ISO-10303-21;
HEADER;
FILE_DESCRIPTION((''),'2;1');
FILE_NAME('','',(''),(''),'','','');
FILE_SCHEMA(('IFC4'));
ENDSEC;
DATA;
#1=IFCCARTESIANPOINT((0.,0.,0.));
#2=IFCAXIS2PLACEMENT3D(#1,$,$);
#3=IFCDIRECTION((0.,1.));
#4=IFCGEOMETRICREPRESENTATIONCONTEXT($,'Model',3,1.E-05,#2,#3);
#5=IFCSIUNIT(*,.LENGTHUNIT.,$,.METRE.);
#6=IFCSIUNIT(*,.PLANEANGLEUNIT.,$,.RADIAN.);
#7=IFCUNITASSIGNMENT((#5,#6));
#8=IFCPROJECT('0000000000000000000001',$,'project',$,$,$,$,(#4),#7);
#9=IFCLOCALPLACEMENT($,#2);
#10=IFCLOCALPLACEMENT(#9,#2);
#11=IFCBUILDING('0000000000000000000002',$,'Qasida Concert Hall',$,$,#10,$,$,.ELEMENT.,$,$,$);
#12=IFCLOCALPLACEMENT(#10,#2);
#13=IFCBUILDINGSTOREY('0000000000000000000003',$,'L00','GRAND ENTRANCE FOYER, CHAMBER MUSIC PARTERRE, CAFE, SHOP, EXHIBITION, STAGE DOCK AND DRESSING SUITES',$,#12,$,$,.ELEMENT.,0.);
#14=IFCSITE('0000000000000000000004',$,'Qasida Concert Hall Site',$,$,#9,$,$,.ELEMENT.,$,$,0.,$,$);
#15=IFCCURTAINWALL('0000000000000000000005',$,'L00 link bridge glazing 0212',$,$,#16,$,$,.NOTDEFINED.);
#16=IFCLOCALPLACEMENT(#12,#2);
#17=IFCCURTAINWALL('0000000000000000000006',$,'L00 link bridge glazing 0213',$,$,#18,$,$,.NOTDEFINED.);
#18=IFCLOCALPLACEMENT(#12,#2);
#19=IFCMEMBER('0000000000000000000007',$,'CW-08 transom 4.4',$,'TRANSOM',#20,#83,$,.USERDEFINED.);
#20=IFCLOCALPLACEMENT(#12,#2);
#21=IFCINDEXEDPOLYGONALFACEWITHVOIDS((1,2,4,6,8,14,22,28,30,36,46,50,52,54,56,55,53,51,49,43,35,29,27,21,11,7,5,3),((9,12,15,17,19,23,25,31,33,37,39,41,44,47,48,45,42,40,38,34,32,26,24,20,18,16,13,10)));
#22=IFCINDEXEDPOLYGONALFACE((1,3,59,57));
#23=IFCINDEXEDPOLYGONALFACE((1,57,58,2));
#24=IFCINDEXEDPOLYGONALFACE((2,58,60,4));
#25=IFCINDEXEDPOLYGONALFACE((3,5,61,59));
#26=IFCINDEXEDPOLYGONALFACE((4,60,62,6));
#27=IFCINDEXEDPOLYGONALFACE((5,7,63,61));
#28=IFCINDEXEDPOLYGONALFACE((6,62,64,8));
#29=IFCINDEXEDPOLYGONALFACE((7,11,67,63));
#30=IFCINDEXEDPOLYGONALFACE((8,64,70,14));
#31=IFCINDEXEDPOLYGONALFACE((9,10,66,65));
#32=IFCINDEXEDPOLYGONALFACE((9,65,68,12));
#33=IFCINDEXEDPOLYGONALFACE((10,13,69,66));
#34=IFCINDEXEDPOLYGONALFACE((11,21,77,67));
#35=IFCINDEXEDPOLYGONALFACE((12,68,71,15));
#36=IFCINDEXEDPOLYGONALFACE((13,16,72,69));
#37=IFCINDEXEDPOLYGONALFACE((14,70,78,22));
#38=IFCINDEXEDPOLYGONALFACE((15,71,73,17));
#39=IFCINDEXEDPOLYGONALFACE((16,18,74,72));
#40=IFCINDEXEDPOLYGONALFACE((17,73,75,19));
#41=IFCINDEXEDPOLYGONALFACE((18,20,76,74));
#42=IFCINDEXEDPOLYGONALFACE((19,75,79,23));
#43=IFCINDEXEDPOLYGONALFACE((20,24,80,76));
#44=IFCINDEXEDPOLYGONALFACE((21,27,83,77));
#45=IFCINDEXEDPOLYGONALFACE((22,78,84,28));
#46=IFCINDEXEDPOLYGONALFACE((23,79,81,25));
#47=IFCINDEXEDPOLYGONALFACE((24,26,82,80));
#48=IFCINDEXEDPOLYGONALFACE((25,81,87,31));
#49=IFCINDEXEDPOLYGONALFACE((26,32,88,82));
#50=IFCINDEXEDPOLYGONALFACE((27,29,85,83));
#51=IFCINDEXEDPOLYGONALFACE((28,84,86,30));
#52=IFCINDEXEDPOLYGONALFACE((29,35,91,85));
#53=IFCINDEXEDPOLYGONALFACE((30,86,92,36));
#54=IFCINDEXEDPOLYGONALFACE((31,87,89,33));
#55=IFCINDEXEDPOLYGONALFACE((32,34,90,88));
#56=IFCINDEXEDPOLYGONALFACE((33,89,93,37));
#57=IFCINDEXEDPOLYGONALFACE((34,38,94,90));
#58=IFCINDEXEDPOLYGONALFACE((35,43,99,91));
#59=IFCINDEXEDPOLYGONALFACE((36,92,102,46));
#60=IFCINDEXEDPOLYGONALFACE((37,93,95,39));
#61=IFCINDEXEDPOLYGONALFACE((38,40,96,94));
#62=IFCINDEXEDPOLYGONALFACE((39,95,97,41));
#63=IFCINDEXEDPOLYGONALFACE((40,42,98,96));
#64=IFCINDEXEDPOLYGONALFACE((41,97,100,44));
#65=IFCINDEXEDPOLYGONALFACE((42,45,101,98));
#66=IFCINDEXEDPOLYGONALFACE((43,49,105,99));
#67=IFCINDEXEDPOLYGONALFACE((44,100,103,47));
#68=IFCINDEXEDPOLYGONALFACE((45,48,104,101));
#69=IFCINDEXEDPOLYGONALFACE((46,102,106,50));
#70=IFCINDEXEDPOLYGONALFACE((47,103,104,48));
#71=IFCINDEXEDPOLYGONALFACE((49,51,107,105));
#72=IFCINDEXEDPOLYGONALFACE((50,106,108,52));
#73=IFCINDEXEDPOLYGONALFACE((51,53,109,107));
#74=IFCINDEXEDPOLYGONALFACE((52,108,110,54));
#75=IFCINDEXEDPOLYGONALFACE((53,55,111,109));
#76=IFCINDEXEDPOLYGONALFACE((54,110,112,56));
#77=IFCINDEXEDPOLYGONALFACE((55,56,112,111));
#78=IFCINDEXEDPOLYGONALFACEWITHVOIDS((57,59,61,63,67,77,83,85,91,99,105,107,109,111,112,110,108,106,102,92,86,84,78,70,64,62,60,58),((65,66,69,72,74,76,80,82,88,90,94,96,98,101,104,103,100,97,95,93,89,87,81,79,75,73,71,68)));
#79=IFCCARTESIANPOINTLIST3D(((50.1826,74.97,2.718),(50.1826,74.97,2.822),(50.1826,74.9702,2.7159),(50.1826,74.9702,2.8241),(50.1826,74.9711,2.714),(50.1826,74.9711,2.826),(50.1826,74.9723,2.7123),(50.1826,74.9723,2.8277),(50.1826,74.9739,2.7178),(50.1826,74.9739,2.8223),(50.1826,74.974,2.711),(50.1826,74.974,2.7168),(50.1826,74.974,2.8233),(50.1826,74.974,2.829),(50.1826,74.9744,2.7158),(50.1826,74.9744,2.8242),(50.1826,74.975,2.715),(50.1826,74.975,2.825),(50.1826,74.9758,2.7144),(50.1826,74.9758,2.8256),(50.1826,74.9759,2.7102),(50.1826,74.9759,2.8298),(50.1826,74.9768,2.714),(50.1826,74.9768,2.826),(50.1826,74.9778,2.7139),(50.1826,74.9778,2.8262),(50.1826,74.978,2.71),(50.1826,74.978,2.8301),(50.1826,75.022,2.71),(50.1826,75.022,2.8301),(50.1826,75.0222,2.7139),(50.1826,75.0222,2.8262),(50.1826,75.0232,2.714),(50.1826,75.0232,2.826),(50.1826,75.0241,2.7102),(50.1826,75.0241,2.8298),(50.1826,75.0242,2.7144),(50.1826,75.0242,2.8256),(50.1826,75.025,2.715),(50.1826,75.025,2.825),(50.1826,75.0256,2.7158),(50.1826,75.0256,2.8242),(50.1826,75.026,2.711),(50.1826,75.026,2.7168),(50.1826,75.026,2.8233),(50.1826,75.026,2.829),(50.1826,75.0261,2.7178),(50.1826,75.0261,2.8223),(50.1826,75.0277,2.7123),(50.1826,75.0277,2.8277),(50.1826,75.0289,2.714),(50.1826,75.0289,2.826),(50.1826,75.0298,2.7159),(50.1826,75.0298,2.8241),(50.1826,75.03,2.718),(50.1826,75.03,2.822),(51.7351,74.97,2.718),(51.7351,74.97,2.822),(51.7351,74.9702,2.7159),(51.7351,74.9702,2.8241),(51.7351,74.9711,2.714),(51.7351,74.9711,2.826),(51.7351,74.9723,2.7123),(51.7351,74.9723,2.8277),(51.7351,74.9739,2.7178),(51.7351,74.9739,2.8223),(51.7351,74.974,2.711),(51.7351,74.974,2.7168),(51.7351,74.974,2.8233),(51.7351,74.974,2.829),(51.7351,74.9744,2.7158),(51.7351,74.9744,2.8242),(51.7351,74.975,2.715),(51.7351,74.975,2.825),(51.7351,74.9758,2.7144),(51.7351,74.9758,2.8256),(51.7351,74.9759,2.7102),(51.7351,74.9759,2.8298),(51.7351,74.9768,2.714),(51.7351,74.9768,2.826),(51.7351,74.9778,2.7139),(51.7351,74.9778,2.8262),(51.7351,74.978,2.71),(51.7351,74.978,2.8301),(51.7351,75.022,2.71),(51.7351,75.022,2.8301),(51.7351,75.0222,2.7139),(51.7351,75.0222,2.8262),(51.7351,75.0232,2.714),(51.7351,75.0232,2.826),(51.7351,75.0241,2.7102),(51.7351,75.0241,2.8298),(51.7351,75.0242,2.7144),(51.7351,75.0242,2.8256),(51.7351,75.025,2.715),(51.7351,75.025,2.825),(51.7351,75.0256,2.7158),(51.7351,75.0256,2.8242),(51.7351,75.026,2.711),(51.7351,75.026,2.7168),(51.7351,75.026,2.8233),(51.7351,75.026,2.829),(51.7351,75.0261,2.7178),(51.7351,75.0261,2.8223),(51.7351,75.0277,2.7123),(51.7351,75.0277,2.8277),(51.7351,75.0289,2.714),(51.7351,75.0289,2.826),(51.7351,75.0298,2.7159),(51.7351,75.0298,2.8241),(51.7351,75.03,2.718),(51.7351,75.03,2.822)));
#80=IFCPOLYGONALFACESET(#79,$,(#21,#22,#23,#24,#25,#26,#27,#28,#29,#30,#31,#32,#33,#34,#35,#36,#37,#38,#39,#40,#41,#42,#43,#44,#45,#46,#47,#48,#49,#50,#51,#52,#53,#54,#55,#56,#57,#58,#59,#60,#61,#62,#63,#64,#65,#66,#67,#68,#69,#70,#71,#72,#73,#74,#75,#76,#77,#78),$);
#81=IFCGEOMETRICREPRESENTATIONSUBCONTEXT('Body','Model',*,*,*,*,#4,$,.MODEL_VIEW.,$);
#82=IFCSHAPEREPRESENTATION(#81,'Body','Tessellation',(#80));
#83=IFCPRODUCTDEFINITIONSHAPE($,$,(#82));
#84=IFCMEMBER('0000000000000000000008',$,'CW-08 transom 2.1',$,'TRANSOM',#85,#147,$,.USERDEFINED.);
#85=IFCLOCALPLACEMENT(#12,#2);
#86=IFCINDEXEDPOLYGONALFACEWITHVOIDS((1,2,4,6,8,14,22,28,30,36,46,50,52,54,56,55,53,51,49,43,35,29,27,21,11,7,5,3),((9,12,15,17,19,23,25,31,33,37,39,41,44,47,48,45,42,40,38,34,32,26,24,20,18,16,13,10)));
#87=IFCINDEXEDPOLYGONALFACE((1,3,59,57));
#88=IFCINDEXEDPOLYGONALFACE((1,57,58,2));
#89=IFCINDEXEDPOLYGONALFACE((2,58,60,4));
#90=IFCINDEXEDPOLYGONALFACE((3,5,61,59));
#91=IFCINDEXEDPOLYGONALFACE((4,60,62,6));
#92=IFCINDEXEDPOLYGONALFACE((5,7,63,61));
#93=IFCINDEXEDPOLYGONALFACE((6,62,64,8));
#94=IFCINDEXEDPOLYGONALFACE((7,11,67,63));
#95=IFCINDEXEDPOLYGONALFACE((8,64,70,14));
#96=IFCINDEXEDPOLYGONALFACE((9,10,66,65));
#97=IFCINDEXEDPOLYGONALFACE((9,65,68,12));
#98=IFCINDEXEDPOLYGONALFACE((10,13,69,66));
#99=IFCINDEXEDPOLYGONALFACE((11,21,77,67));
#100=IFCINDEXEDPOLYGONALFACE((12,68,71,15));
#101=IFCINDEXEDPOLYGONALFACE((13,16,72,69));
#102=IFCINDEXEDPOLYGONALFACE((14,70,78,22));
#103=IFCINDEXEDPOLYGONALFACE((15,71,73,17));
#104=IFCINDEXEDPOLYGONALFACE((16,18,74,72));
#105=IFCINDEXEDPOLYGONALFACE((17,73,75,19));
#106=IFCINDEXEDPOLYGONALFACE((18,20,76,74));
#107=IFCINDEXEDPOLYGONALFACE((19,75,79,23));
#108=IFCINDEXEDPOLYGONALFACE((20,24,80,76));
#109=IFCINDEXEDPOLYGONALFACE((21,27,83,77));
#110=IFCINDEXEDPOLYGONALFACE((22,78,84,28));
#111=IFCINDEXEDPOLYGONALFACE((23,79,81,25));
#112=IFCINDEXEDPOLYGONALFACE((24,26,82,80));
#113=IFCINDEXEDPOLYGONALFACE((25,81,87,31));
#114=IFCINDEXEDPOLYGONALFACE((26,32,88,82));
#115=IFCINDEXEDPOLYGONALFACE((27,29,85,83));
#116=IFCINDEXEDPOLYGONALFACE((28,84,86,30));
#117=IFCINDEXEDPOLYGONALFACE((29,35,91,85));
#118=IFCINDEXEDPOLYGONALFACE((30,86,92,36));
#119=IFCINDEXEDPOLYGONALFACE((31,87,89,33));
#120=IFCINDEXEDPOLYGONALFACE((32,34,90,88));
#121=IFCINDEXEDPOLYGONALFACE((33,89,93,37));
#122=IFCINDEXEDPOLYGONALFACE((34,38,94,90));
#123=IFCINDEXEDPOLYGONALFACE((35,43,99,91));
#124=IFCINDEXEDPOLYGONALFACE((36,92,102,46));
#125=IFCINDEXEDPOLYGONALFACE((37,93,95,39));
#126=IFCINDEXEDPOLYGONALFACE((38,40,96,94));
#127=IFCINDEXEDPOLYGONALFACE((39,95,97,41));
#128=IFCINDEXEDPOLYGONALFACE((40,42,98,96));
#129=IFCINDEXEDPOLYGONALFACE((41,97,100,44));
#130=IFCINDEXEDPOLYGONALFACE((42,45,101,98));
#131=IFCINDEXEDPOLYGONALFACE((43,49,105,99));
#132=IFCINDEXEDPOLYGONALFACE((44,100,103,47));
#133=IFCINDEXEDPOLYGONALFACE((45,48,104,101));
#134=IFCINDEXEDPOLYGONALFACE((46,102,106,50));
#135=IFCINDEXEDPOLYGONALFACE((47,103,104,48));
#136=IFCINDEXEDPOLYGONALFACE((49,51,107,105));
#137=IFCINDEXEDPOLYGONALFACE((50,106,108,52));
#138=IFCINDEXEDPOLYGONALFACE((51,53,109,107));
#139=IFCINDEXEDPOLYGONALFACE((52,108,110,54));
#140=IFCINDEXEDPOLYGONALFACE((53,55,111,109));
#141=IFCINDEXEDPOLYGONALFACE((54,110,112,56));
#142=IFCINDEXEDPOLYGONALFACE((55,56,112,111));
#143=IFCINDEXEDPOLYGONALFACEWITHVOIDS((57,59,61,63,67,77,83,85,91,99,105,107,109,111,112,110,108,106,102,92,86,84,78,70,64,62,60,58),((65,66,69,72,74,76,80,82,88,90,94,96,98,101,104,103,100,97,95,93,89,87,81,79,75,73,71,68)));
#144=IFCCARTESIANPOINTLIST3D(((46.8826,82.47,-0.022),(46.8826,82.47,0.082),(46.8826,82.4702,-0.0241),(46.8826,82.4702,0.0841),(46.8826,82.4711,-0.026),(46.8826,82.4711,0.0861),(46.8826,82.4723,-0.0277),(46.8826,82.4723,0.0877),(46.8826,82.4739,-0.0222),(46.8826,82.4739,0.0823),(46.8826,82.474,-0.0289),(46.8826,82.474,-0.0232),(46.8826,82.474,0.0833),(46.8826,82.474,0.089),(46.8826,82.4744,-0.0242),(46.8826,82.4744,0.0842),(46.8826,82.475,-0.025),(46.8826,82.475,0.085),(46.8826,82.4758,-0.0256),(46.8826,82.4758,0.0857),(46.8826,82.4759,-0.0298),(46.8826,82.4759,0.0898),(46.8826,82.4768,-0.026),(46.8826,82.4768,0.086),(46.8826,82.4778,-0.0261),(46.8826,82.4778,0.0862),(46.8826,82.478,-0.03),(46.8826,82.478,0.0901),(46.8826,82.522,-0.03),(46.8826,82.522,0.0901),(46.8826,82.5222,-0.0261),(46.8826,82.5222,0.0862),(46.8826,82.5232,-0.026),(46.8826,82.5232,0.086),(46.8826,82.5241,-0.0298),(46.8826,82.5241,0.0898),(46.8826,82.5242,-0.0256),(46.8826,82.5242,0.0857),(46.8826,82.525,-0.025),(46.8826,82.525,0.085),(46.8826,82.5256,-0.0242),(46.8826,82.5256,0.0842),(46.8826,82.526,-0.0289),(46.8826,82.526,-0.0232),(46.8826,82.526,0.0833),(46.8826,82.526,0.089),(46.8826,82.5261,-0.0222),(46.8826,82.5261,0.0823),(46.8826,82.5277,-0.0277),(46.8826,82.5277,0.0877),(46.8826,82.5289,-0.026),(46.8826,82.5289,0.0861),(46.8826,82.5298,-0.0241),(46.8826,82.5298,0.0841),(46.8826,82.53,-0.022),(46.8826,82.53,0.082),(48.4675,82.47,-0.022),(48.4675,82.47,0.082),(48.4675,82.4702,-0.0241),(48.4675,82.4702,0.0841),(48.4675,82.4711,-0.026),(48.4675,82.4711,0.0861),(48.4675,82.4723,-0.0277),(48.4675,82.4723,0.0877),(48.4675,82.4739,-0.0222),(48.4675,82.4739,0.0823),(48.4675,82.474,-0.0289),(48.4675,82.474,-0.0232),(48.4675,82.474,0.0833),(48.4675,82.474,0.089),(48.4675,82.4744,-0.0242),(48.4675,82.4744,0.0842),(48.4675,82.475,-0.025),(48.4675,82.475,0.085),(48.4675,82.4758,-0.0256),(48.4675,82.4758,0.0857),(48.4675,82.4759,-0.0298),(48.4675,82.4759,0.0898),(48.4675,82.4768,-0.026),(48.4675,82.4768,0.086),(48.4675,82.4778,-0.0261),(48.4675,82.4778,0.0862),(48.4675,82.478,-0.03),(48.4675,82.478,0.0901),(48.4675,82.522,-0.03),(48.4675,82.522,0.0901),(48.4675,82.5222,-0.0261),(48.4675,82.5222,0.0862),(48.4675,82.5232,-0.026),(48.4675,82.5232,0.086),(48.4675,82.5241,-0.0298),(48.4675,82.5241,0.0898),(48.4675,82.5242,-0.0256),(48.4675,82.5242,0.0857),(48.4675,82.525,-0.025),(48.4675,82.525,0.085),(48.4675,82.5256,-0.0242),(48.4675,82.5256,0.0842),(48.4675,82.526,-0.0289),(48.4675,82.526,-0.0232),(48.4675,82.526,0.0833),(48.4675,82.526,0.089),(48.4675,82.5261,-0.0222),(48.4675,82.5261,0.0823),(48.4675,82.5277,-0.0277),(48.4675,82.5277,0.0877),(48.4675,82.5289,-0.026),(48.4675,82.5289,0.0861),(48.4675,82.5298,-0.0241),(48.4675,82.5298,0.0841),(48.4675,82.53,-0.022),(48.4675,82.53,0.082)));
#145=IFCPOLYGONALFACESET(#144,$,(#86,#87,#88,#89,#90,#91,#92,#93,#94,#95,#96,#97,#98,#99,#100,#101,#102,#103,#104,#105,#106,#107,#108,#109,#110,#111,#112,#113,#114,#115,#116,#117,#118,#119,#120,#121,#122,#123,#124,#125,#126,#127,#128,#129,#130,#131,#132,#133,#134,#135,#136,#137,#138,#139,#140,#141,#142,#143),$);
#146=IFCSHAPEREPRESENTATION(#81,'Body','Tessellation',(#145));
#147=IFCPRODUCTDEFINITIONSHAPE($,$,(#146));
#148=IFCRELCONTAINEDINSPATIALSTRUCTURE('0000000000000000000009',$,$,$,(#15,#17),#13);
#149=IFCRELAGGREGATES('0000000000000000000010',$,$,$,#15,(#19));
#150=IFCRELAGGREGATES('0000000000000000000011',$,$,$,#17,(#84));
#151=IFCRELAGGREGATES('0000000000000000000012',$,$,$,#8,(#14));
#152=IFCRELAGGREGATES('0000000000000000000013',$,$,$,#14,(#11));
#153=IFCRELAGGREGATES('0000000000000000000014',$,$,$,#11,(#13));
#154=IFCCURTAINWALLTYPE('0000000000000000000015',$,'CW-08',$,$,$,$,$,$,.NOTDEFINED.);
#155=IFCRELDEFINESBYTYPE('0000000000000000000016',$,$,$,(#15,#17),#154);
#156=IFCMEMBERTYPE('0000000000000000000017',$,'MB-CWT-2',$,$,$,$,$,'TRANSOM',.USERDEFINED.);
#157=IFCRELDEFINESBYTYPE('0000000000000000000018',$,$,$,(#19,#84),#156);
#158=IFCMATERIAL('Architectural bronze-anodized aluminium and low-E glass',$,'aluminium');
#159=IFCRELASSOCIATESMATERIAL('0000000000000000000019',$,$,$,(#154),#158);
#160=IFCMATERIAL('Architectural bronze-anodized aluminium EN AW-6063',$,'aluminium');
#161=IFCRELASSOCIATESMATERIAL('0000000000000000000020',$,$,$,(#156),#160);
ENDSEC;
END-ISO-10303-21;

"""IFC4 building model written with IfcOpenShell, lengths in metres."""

from ifc_helpers import new_model, si_unit, direction, frame, origin, origin_2d, place, context, subcontext, project, spatial, hollow_rectangle, extrude, material, material_profile, profile_set, type_object, element, aggregate, save


model = new_model("IFC4")

# Units and contexts
model_context = context("Model", 3, precision=1e-05, world=origin(), true_north=direction((0.0, 1.0)))
body_context = subcontext(model_context, "Body", "Model", "MODEL_VIEW")
ifc_project = project(units=[si_unit("LENGTHUNIT", "METRE"), si_unit("PLANEANGLEUNIT", "RADIAN")], contexts=[model_context])

# Site, building, storey
site_placement = place(None, origin())
site = spatial("IfcSite", under=ifc_project, at=site_placement, Name="Qasida Concert Hall Site", CompositionType="ELEMENT", RefElevation=0.0)
building_placement = place(site_placement, origin())
building = spatial("IfcBuilding", under=site, at=building_placement, Name="Qasida Concert Hall", CompositionType="ELEMENT")
storey_placement = place(building_placement, origin())
storey = spatial("IfcBuildingStorey", under=building, at=storey_placement, Name="L00", Description="GRAND ENTRANCE FOYER, CHAMBER MUSIC PARTERRE, CAFE, SHOP, EXHIBITION, STAGE DOCK AND DRESSING SUITES", CompositionType="ELEMENT", Elevation=0.0)

# Curtain walls
ifc_material_1 = material(Name="Architectural bronze-anodized aluminium and low-E glass", Category="aluminium")
curtain_wall_type = type_object("IfcCurtainWallType", Name="CW-08", PredefinedType="NOTDEFINED", material=ifc_material_1)
curtain_wall_1_placement = place(storey_placement, origin())
curtain_wall_1 = element("IfcCurtainWall", 1, at=curtain_wall_1_placement, inside=storey, type_object=curtain_wall_type, Name="L00 link bridge glazing 0212", PredefinedType="NOTDEFINED")
ifc_material_2 = material(Name="Architectural bronze-anodized aluminium EN AW-6063", Category="aluminium")
curtain_wall_2_placement = place(storey_placement, origin())
curtain_wall_2 = element("IfcCurtainWall", 2, at=curtain_wall_2_placement, inside=storey, type_object=curtain_wall_type, Name="L00 link bridge glazing 0213", PredefinedType="NOTDEFINED")

# Members
ifc_material_profile_1 = material_profile(ifc_material_2, hollow_rectangle(XDim=0.0601, YDim=0.1201, WallThickness=0.0039, InnerFilletRadius=0.0039, OuterFilletRadius=0.0081, at=origin_2d()), Name="CWT 120x60x4")
ifc_profile_set_1 = profile_set([ifc_material_profile_1], Name="Architectural bronze-anodized aluminium EN AW-6063")
member_type_1 = type_object("IfcMemberType", Name="MB-CWT-2", ElementType="TRANSOM", PredefinedType="USERDEFINED", material=ifc_profile_set_1)
member_1_placement = place(storey_placement, frame((50.1826, 75.0, 2.77), z_axis=(1.0, 0.0, 0.0), x_axis=(0.0, 1.0, 0.0)))
member_1 = element("IfcMember", 3, at=member_1_placement, type_object=member_type_1, Name="CW-08 transom 4.4", ObjectType="TRANSOM", PredefinedType="USERDEFINED", context=body_context, shape_type="SweptSolid", body=[
    extrude(hollow_rectangle(XDim=0.0601, YDim=0.1201, WallThickness=0.0039, InnerFilletRadius=0.0039, OuterFilletRadius=0.0081, at=origin_2d()), origin(), (0.0, 0.0, 1.0), 1.5525),
])
member_2_placement = place(storey_placement, frame((46.8826, 82.5, 0.03), z_axis=(1.0, 0.0, 0.0), x_axis=(0.0, 1.0, 0.0)))
member_2 = element("IfcMember", 4, at=member_2_placement, type_object=member_type_1, Name="CW-08 transom 2.1", ObjectType="TRANSOM", PredefinedType="USERDEFINED", context=body_context, shape_type="SweptSolid", body=[
    extrude(hollow_rectangle(XDim=0.0601, YDim=0.1201, WallThickness=0.0039, InnerFilletRadius=0.0039, OuterFilletRadius=0.0081, at=origin_2d()), origin(), (0.0, 0.0, 1.0), 1.585),
])

aggregate(curtain_wall_1, [member_1])
aggregate(curtain_wall_2, [member_2])

save(model, "model.ifc")
